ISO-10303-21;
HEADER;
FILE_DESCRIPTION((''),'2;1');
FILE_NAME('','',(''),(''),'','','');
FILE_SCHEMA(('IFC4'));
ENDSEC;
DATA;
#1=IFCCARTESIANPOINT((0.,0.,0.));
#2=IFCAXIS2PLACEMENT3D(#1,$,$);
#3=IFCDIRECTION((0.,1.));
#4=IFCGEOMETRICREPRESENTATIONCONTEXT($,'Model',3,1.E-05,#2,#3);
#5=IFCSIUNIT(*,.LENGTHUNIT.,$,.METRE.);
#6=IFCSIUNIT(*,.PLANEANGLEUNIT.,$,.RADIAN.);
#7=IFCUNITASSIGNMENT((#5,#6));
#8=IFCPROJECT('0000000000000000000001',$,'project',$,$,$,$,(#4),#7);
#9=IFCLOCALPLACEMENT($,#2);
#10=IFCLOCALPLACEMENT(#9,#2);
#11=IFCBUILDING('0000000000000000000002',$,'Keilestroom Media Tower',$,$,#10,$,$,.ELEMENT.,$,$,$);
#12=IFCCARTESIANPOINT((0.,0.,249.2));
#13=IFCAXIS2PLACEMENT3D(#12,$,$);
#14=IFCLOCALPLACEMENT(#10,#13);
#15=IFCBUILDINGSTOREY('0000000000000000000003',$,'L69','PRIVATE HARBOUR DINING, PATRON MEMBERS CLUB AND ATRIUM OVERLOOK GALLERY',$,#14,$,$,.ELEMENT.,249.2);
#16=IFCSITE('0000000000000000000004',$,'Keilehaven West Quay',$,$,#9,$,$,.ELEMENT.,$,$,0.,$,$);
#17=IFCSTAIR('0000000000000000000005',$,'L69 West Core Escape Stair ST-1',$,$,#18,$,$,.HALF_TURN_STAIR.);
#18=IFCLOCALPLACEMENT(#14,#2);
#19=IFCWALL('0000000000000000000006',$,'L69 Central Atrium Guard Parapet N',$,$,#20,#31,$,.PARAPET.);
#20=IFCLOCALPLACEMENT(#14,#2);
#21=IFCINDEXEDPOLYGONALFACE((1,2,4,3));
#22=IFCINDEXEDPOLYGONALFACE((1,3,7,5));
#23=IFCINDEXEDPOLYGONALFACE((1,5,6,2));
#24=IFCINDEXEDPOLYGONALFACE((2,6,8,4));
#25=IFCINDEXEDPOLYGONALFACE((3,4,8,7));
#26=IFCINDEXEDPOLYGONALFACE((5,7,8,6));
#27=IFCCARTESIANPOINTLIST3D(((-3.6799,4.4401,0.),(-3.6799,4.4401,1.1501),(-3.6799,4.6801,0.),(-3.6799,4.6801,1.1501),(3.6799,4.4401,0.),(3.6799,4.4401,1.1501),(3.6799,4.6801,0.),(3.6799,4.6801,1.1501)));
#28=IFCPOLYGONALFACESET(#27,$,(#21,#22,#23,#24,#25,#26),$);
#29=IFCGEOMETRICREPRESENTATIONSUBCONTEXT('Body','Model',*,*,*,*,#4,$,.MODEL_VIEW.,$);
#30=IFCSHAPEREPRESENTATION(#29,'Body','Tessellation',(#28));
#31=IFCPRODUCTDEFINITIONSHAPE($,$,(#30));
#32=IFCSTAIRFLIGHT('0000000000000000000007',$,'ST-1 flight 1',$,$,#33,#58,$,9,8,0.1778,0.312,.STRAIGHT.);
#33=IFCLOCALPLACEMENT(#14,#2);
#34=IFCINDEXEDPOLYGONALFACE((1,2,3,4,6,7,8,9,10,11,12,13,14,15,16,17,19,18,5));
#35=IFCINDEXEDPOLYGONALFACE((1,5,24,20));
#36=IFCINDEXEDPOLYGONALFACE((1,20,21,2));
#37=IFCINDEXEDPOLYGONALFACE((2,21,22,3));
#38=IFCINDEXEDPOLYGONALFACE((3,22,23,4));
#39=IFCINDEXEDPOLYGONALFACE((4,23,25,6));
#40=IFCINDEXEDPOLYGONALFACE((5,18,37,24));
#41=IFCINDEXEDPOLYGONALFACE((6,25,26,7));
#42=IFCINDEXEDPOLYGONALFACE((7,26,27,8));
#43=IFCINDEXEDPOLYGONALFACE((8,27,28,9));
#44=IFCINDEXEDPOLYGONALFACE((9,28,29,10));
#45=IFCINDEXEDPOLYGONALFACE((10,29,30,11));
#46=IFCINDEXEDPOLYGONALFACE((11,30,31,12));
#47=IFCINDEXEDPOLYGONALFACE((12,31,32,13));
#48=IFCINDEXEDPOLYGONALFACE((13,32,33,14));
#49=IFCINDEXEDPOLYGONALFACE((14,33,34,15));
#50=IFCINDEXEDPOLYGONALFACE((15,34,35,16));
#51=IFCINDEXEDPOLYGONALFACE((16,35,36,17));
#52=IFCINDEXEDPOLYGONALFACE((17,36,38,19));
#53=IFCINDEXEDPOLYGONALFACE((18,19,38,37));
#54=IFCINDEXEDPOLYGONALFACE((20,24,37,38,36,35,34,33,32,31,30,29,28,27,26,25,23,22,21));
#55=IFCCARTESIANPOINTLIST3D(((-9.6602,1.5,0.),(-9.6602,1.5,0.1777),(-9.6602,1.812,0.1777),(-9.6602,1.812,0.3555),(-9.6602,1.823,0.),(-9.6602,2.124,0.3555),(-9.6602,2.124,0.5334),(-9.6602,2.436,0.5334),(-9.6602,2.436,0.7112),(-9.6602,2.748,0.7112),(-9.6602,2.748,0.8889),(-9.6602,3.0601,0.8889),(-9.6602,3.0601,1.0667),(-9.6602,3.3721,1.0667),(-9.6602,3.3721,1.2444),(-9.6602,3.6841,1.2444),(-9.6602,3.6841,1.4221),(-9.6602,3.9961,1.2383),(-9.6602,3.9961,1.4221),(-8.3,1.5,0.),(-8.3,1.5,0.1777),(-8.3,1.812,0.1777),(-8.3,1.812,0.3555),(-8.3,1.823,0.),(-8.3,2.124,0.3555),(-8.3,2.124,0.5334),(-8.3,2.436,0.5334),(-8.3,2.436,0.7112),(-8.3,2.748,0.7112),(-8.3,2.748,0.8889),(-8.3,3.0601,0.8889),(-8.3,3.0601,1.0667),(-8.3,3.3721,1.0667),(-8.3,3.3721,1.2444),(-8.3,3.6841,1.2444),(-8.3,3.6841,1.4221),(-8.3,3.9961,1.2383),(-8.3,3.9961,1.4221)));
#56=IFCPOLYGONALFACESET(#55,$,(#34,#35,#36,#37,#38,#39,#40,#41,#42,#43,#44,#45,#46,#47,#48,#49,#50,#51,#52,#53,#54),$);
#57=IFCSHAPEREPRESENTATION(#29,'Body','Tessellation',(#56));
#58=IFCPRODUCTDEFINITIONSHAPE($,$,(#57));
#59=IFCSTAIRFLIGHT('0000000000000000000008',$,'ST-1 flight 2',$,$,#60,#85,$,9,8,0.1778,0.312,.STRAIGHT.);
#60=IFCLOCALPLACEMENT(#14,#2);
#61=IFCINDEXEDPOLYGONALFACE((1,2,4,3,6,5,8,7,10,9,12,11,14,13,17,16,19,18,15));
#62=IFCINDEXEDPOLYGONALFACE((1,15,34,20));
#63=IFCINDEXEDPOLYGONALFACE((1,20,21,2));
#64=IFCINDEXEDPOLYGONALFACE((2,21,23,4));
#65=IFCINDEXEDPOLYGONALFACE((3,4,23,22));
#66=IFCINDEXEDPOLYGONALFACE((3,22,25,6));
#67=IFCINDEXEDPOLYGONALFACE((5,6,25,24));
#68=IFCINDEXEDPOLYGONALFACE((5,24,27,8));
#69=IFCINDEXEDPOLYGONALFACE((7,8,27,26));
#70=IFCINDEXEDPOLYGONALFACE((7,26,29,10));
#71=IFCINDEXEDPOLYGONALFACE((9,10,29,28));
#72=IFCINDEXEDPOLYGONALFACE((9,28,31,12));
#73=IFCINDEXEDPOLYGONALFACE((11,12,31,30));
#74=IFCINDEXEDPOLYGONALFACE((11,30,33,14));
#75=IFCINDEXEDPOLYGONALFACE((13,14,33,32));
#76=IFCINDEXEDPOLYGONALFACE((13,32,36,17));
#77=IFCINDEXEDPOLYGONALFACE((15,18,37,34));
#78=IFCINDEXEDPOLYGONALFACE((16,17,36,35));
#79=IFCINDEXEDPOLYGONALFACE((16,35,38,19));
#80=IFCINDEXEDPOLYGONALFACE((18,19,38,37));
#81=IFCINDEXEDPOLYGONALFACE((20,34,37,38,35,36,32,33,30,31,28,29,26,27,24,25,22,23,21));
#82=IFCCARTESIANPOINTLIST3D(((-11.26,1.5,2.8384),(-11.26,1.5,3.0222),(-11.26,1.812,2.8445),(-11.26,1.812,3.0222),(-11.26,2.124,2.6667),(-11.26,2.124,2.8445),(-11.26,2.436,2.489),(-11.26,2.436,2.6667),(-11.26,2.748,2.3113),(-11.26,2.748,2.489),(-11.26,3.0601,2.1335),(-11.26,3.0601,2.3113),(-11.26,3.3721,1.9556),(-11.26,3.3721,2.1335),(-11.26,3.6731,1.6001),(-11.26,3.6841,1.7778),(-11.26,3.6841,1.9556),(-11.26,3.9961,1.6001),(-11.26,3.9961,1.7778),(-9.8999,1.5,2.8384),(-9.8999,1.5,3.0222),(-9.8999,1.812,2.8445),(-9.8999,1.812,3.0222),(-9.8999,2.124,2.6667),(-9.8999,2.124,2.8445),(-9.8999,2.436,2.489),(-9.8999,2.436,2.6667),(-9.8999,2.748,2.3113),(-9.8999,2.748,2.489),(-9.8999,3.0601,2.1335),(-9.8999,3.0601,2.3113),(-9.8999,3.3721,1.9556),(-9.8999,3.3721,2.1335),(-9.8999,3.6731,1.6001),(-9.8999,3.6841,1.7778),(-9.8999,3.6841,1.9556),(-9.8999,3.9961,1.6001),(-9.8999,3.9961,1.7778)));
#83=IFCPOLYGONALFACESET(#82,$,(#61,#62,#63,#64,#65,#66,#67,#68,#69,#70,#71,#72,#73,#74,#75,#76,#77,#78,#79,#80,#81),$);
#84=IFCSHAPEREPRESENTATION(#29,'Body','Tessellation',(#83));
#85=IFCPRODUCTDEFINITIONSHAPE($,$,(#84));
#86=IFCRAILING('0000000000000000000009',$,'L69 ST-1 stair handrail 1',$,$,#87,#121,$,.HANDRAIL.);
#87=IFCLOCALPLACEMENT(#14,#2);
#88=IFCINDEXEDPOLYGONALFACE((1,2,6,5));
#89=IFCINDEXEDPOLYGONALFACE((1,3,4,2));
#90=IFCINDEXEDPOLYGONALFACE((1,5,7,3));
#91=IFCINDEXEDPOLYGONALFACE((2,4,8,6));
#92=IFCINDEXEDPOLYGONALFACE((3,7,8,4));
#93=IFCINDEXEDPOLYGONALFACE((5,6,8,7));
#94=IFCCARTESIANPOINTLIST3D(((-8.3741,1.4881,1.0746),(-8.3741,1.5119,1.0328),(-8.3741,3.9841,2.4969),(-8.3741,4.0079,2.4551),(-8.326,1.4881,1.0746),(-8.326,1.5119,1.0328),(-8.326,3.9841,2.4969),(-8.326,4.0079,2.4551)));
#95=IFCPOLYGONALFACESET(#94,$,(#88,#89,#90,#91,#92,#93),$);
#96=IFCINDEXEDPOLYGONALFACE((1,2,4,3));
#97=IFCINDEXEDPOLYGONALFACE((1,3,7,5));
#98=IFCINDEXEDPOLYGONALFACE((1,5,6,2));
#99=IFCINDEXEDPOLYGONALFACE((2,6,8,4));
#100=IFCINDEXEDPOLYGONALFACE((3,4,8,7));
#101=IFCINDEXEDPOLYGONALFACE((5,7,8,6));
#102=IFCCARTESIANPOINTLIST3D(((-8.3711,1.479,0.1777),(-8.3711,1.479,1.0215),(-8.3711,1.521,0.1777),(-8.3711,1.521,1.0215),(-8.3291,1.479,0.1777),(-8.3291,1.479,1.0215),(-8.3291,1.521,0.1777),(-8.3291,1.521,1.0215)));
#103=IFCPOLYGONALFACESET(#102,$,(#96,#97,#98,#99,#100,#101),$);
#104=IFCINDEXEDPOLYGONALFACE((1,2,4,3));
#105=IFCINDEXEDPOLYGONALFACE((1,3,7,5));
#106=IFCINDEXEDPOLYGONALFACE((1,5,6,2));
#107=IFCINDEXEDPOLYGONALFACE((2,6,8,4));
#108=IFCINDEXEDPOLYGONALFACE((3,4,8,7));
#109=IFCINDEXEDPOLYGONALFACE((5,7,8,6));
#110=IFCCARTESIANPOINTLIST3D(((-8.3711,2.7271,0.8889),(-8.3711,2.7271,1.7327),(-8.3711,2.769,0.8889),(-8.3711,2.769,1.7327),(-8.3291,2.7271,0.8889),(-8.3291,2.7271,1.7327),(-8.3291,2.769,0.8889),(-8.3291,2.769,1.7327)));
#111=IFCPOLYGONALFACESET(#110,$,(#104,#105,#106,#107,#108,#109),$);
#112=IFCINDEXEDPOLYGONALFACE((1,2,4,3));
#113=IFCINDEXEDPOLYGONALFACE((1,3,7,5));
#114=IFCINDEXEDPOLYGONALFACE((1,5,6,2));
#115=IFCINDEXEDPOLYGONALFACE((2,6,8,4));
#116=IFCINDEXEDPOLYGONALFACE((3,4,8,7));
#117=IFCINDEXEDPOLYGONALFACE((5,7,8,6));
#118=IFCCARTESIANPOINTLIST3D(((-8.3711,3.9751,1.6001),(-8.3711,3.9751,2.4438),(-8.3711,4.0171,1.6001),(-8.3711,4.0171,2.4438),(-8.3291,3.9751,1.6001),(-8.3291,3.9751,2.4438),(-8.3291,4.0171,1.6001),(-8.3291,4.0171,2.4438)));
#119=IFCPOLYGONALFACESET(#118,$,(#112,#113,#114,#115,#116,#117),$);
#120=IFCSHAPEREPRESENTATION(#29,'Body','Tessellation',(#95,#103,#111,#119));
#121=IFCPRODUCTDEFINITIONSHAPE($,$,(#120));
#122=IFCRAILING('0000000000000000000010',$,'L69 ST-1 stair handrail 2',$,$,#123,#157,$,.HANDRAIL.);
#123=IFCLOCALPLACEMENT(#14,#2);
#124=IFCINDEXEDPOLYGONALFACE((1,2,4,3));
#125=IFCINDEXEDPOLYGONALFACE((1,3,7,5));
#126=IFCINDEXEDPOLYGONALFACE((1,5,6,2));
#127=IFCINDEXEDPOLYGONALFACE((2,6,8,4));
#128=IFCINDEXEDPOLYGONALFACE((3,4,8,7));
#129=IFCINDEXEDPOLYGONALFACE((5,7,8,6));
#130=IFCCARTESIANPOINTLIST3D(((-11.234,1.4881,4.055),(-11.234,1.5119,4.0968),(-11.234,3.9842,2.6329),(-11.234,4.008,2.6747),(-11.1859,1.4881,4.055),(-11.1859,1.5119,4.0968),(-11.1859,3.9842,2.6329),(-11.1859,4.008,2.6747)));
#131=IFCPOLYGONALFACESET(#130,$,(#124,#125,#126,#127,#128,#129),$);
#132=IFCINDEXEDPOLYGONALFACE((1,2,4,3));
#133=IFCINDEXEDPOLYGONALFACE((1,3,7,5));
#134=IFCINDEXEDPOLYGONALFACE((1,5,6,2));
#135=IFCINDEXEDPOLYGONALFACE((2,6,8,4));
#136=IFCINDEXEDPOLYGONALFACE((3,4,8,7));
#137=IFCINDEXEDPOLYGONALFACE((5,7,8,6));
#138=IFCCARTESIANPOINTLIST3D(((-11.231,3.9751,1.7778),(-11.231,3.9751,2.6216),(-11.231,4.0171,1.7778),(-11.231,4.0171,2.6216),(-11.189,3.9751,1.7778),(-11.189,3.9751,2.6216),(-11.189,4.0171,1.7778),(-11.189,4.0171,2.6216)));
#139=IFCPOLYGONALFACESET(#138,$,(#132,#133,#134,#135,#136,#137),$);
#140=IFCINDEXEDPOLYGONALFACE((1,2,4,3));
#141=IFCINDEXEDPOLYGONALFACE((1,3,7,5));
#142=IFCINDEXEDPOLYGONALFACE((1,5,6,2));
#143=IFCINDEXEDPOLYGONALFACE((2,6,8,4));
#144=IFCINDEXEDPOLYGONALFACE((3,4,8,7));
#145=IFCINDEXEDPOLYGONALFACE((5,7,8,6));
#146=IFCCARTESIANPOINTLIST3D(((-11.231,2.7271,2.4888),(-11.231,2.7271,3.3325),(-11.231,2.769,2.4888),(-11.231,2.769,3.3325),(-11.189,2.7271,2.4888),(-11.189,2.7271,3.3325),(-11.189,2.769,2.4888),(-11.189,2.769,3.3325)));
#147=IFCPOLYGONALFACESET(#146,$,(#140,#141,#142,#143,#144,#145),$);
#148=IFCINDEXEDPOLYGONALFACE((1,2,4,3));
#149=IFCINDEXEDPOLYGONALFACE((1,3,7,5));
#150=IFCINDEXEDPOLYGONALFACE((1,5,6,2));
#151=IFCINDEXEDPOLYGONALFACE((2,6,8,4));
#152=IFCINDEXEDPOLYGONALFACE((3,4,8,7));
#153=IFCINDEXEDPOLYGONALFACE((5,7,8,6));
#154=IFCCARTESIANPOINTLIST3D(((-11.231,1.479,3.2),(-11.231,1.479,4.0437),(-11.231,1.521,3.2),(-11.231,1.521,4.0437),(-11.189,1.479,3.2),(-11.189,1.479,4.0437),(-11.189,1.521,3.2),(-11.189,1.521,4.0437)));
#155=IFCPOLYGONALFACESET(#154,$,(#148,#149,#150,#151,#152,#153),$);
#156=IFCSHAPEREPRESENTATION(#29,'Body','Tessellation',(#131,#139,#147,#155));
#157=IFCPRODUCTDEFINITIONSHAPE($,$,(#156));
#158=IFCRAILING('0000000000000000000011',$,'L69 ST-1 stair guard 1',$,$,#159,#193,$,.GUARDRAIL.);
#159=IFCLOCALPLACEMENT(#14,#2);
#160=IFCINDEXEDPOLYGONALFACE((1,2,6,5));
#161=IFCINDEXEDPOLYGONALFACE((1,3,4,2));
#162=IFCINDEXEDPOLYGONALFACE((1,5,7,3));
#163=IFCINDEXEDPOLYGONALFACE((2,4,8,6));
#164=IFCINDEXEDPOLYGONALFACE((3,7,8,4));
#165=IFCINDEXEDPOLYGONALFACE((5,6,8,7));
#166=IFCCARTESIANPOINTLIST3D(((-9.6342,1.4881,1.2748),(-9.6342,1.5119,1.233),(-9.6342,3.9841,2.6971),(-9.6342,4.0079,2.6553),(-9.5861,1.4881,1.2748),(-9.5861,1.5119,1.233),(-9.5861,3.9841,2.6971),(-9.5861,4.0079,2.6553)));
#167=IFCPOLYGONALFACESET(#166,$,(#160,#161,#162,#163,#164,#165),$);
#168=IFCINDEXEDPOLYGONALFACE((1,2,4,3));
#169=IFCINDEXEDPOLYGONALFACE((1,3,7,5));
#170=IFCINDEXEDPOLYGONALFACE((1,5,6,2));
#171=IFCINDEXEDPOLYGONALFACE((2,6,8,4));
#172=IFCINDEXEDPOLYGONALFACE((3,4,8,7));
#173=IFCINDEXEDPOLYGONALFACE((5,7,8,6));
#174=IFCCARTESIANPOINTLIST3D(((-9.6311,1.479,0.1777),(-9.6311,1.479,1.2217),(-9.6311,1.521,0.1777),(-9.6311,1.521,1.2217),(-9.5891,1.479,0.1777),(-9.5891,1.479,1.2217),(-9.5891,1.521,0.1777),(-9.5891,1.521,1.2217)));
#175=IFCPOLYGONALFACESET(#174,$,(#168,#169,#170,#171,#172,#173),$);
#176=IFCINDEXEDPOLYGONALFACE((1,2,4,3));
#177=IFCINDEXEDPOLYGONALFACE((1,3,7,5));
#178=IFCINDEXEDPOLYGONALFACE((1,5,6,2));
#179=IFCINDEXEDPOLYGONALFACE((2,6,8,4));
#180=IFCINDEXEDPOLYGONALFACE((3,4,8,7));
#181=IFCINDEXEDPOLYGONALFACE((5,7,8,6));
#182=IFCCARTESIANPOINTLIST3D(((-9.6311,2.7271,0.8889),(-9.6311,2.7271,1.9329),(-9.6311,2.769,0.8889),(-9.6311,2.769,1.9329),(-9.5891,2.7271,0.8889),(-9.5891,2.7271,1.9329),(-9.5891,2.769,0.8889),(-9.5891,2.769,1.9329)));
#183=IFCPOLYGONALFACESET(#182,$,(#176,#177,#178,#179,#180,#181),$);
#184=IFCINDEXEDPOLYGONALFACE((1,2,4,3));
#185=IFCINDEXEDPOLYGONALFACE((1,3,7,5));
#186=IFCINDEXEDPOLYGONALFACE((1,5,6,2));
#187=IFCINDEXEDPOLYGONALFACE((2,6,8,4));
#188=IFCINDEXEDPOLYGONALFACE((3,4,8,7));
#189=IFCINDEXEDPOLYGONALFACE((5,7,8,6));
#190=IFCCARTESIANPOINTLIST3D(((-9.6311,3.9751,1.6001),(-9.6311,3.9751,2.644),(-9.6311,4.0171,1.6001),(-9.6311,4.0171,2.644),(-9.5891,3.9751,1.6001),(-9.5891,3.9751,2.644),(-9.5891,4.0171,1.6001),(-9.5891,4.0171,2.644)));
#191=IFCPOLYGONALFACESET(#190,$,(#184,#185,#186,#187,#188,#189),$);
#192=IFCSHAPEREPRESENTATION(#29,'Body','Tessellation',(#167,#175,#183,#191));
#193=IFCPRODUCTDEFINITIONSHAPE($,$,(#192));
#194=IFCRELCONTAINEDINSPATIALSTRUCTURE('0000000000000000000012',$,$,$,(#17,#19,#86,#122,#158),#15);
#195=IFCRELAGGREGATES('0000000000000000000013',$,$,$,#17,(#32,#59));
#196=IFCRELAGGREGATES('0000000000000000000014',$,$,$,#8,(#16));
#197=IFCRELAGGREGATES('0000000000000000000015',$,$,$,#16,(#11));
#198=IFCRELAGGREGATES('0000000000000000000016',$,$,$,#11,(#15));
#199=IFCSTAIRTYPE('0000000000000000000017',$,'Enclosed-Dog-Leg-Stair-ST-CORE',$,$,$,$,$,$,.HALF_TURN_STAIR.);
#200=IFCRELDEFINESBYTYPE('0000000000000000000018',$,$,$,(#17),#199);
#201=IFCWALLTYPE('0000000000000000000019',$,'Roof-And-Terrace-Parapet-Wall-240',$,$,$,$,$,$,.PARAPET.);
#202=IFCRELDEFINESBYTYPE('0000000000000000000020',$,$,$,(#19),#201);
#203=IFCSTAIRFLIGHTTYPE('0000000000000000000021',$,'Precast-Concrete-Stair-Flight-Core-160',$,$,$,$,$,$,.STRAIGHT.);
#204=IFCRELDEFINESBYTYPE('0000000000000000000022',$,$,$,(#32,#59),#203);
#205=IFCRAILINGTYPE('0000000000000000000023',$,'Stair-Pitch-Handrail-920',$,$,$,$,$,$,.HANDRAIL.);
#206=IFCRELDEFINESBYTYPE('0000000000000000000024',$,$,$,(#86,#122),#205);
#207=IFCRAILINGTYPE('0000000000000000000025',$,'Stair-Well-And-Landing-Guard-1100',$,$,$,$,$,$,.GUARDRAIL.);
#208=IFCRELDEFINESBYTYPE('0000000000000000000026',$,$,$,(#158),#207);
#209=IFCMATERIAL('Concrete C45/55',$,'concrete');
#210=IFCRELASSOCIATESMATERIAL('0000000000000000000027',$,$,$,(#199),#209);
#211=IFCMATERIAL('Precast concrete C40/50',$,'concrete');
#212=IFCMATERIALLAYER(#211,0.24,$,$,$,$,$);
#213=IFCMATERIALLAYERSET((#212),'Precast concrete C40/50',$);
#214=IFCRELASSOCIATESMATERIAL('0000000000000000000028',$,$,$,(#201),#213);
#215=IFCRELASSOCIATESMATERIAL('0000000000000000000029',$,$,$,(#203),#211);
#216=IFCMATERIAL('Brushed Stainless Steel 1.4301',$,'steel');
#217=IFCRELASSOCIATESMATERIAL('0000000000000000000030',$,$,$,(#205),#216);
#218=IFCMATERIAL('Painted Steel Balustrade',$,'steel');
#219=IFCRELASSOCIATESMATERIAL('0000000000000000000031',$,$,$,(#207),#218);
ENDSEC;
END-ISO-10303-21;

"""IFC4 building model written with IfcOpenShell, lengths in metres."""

from ifc_helpers import new_model, si_unit, direction, frame, frame_2d, origin, origin_2d, place, context, subcontext, project, spatial, polyline, rectangle, outline, extrude, material, layer, layer_set, type_object, element, aggregate, save


model = new_model("IFC4")

# Units and contexts
model_context = context("Model", 3, precision=1e-05, world=origin(), true_north=direction((0.0, 1.0)))
body_context = subcontext(model_context, "Body", "Model", "MODEL_VIEW")
ifc_project = project(units=[si_unit("LENGTHUNIT", "METRE"), si_unit("PLANEANGLEUNIT", "RADIAN")], contexts=[model_context])

# Site, building, storey
site_placement = place(None, origin())
site = spatial("IfcSite", under=ifc_project, at=site_placement, Name="Keilehaven West Quay", CompositionType="ELEMENT", RefElevation=0.0)
building_placement = place(site_placement, origin())
building = spatial("IfcBuilding", under=site, at=building_placement, Name="Keilestroom Media Tower", CompositionType="ELEMENT")
storey_placement = place(building_placement, frame((0.0, 0.0, 249.2)))
storey = spatial("IfcBuildingStorey", under=building, at=storey_placement, Name="L69", Description="PRIVATE HARBOUR DINING, PATRON MEMBERS CLUB AND ATRIUM OVERLOOK GALLERY", CompositionType="ELEMENT", Elevation=249.2)

# Shared definitions
ifc_material_1 = material(Name="Precast concrete C40/50", Category="concrete")

# Stair
ifc_material_2 = material(Name="Concrete C45/55", Category="concrete")
stair_type = type_object("IfcStairType", Name="Enclosed-Dog-Leg-Stair-ST-CORE", PredefinedType="HALF_TURN_STAIR", material=ifc_material_2)
stair_placement = place(storey_placement, origin())
stair = element("IfcStair", 1, at=stair_placement, inside=storey, type_object=stair_type, Name="L69 West Core Escape Stair ST-1", PredefinedType="HALF_TURN_STAIR")

# Wall
ifc_layer_1 = layer(ifc_material_1, 0.24)
ifc_layer_set_1 = layer_set([ifc_layer_1], Name="Precast concrete C40/50")
wall_type_1 = type_object("IfcWallType", Name="Roof-And-Terrace-Parapet-Wall-240", PredefinedType="PARAPET", material=ifc_layer_set_1)
wall_1_placement = place(storey_placement, frame((-3.6799, 4.5601, 0.0), z_axis=(0.0, 0.0, 1.0), x_axis=(1.0, 0.0, 0.0)))
element("IfcWall", 2, at=wall_1_placement, inside=storey, type_object=wall_type_1, Name="L69 Central Atrium Guard Parapet N", PredefinedType="PARAPET", context=body_context, shape_type="SweptSolid", body=[
    extrude(rectangle(XDim=7.3599, YDim=0.24, at=frame_2d((3.6799, 0.0))), origin(), (0.0, 0.0, 1.0), 1.1501),
])

# Stair flights
stair_flight_type = type_object("IfcStairFlightType", Name="Precast-Concrete-Stair-Flight-Core-160", PredefinedType="STRAIGHT", material=ifc_material_1)
stair_flight_1_placement = place(storey_placement, frame((-8.98, 1.5, 0.0), z_axis=(0.0, 0.0, 1.0), x_axis=(0.0, 1.0, 0.0)))
stair_flight_1 = element("IfcStairFlight", 3, at=stair_flight_1_placement, type_object=stair_flight_type, Name="ST-1 flight 1", NumberOfRisers=9, NumberOfTreads=8, PredefinedType="STRAIGHT", RiserHeight=0.1778, TreadLength=0.312, context=body_context, shape_type="SweptSolid", body=[
    extrude(outline(polyline([(0.0, 0.0), (0.0, 0.1777), (0.312, 0.1777), (0.312, 0.3555), (0.624, 0.3555), (0.624, 0.5334), (0.936, 0.5334), (0.936, 0.7112), (1.248, 0.7112), (1.248, 0.8889), (1.5601, 0.8889), (1.5601, 1.0667), (1.8721, 1.0667), (1.8721, 1.2444), (2.1841, 1.2444), (2.1841, 1.4221), (2.4961, 1.4221), (2.4961, 1.6001), (2.4961, 1.2383), (0.323, 0.0), (0.0, 0.0)])), frame((0.0, 0.6802, 0.0), z_axis=(0.0, -1.0, 0.0), x_axis=(1.0, 0.0, 0.0)), (0.0, 0.0, 1.0), 1.3601),
])
stair_flight_2_placement = place(storey_placement, frame((-10.5801, 3.9961, 1.6001), z_axis=(0.0, 0.0, 1.0), x_axis=(0.0, -1.0, 0.0)))
stair_flight_2 = element("IfcStairFlight", 4, at=stair_flight_2_placement, type_object=stair_flight_type, Name="ST-1 flight 2", NumberOfRisers=9, NumberOfTreads=8, PredefinedType="STRAIGHT", RiserHeight=0.1778, TreadLength=0.312, context=body_context, shape_type="SweptSolid", body=[
    extrude(outline(polyline([(0.0, 0.0), (0.0, 0.1777), (0.312, 0.1777), (0.312, 0.3555), (0.624, 0.3555), (0.624, 0.5334), (0.936, 0.5334), (0.936, 0.7112), (1.248, 0.7112), (1.248, 0.8889), (1.5601, 0.8889), (1.5601, 1.0667), (1.8721, 1.0667), (1.8721, 1.2444), (2.1841, 1.2444), (2.1841, 1.4221), (2.4961, 1.4221), (2.4961, 1.6001), (2.4961, 1.2383), (0.323, 0.0), (0.0, 0.0)])), frame((0.0, 0.6802, 0.0), z_axis=(0.0, -1.0, 0.0), x_axis=(1.0, 0.0, 0.0)), (0.0, 0.0, 1.0), 1.3601),
])
aggregate(stair, [stair_flight_1, stair_flight_2])

# Railings
ifc_material_3 = material(Name="Brushed Stainless Steel 1.4301", Category="steel")
railing_type_1 = type_object("IfcRailingType", Name="Stair-Pitch-Handrail-920", PredefinedType="HANDRAIL", material=ifc_material_3)
railing_1_placement = place(storey_placement, frame((-8.3501, 1.5, 0.1777)))
element("IfcRailing", 5, at=railing_1_placement, inside=storey, type_object=railing_type_1, Name="L69 ST-1 stair handrail 1", PredefinedType="HANDRAIL", context=body_context, shape_type="SweptSolid", body=[
    extrude(rectangle(XDim=0.0481, YDim=0.0481, at=origin_2d()), frame((0.0, 0.0, 0.876), z_axis=(0.0, 0.868839, 0.495095), x_axis=(-1.0, 0.0, 0.0)), (0.0, 0.0, 1.0), 2.8728),
    extrude(rectangle(XDim=0.042, YDim=0.042, at=origin_2d()), origin(), (0.0, 0.0, 1.0), 0.8438),
    extrude(rectangle(XDim=0.042, YDim=0.042, at=origin_2d()), frame((0.0, 1.248, 0.7112)), (0.0, 0.0, 1.0), 0.8438),
    extrude(rectangle(XDim=0.042, YDim=0.042, at=origin_2d()), frame((0.0, 2.4961, 1.4224)), (0.0, 0.0, 1.0), 0.8438),
])
railing_2_placement = place(storey_placement, frame((-11.21, 3.9961, 1.7778)))
element("IfcRailing", 6, at=railing_2_placement, inside=storey, type_object=railing_type_1, Name="L69 ST-1 stair handrail 2", PredefinedType="HANDRAIL", context=body_context, shape_type="SweptSolid", body=[
    extrude(rectangle(XDim=0.0481, YDim=0.0481, at=origin_2d()), frame((0.0, 0.0, 0.876), z_axis=(0.0, -0.868875, 0.495031), x_axis=(1.0, 0.0, 0.0)), (0.0, 0.0, 1.0), 2.8728),
    extrude(rectangle(XDim=0.042, YDim=0.042, at=origin_2d()), origin(), (0.0, 0.0, 1.0), 0.8438),
    extrude(rectangle(XDim=0.042, YDim=0.042, at=origin_2d()), frame((0.0, -1.248, 0.7109)), (0.0, 0.0, 1.0), 0.8438),
    extrude(rectangle(XDim=0.042, YDim=0.042, at=origin_2d()), frame((0.0, -2.4961, 1.4221)), (0.0, 0.0, 1.0), 0.8438),
])
ifc_material_4 = material(Name="Painted Steel Balustrade", Category="steel")
railing_type_2 = type_object("IfcRailingType", Name="Stair-Well-And-Landing-Guard-1100", PredefinedType="GUARDRAIL", material=ifc_material_4)
railing_3_placement = place(storey_placement, frame((-9.6101, 1.5, 0.1777)))
element("IfcRailing", 7, at=railing_3_placement, inside=storey, type_object=railing_type_2, Name="L69 ST-1 stair guard 1", PredefinedType="GUARDRAIL", context=body_context, shape_type="SweptSolid", body=[
    extrude(rectangle(XDim=0.0481, YDim=0.0481, at=origin_2d()), frame((0.0, 0.0, 1.0762), z_axis=(0.0, 0.868839, 0.495095), x_axis=(-1.0, 0.0, 0.0)), (0.0, 0.0, 1.0), 2.8728),
    extrude(rectangle(XDim=0.042, YDim=0.042, at=origin_2d()), origin(), (0.0, 0.0, 1.0), 1.0439),
    extrude(rectangle(XDim=0.042, YDim=0.042, at=origin_2d()), frame((0.0, 1.248, 0.7112)), (0.0, 0.0, 1.0), 1.0439),
    extrude(rectangle(XDim=0.042, YDim=0.042, at=origin_2d()), frame((0.0, 2.4961, 1.4224)), (0.0, 0.0, 1.0), 1.0439),
])

save(model, "model.ifc")
